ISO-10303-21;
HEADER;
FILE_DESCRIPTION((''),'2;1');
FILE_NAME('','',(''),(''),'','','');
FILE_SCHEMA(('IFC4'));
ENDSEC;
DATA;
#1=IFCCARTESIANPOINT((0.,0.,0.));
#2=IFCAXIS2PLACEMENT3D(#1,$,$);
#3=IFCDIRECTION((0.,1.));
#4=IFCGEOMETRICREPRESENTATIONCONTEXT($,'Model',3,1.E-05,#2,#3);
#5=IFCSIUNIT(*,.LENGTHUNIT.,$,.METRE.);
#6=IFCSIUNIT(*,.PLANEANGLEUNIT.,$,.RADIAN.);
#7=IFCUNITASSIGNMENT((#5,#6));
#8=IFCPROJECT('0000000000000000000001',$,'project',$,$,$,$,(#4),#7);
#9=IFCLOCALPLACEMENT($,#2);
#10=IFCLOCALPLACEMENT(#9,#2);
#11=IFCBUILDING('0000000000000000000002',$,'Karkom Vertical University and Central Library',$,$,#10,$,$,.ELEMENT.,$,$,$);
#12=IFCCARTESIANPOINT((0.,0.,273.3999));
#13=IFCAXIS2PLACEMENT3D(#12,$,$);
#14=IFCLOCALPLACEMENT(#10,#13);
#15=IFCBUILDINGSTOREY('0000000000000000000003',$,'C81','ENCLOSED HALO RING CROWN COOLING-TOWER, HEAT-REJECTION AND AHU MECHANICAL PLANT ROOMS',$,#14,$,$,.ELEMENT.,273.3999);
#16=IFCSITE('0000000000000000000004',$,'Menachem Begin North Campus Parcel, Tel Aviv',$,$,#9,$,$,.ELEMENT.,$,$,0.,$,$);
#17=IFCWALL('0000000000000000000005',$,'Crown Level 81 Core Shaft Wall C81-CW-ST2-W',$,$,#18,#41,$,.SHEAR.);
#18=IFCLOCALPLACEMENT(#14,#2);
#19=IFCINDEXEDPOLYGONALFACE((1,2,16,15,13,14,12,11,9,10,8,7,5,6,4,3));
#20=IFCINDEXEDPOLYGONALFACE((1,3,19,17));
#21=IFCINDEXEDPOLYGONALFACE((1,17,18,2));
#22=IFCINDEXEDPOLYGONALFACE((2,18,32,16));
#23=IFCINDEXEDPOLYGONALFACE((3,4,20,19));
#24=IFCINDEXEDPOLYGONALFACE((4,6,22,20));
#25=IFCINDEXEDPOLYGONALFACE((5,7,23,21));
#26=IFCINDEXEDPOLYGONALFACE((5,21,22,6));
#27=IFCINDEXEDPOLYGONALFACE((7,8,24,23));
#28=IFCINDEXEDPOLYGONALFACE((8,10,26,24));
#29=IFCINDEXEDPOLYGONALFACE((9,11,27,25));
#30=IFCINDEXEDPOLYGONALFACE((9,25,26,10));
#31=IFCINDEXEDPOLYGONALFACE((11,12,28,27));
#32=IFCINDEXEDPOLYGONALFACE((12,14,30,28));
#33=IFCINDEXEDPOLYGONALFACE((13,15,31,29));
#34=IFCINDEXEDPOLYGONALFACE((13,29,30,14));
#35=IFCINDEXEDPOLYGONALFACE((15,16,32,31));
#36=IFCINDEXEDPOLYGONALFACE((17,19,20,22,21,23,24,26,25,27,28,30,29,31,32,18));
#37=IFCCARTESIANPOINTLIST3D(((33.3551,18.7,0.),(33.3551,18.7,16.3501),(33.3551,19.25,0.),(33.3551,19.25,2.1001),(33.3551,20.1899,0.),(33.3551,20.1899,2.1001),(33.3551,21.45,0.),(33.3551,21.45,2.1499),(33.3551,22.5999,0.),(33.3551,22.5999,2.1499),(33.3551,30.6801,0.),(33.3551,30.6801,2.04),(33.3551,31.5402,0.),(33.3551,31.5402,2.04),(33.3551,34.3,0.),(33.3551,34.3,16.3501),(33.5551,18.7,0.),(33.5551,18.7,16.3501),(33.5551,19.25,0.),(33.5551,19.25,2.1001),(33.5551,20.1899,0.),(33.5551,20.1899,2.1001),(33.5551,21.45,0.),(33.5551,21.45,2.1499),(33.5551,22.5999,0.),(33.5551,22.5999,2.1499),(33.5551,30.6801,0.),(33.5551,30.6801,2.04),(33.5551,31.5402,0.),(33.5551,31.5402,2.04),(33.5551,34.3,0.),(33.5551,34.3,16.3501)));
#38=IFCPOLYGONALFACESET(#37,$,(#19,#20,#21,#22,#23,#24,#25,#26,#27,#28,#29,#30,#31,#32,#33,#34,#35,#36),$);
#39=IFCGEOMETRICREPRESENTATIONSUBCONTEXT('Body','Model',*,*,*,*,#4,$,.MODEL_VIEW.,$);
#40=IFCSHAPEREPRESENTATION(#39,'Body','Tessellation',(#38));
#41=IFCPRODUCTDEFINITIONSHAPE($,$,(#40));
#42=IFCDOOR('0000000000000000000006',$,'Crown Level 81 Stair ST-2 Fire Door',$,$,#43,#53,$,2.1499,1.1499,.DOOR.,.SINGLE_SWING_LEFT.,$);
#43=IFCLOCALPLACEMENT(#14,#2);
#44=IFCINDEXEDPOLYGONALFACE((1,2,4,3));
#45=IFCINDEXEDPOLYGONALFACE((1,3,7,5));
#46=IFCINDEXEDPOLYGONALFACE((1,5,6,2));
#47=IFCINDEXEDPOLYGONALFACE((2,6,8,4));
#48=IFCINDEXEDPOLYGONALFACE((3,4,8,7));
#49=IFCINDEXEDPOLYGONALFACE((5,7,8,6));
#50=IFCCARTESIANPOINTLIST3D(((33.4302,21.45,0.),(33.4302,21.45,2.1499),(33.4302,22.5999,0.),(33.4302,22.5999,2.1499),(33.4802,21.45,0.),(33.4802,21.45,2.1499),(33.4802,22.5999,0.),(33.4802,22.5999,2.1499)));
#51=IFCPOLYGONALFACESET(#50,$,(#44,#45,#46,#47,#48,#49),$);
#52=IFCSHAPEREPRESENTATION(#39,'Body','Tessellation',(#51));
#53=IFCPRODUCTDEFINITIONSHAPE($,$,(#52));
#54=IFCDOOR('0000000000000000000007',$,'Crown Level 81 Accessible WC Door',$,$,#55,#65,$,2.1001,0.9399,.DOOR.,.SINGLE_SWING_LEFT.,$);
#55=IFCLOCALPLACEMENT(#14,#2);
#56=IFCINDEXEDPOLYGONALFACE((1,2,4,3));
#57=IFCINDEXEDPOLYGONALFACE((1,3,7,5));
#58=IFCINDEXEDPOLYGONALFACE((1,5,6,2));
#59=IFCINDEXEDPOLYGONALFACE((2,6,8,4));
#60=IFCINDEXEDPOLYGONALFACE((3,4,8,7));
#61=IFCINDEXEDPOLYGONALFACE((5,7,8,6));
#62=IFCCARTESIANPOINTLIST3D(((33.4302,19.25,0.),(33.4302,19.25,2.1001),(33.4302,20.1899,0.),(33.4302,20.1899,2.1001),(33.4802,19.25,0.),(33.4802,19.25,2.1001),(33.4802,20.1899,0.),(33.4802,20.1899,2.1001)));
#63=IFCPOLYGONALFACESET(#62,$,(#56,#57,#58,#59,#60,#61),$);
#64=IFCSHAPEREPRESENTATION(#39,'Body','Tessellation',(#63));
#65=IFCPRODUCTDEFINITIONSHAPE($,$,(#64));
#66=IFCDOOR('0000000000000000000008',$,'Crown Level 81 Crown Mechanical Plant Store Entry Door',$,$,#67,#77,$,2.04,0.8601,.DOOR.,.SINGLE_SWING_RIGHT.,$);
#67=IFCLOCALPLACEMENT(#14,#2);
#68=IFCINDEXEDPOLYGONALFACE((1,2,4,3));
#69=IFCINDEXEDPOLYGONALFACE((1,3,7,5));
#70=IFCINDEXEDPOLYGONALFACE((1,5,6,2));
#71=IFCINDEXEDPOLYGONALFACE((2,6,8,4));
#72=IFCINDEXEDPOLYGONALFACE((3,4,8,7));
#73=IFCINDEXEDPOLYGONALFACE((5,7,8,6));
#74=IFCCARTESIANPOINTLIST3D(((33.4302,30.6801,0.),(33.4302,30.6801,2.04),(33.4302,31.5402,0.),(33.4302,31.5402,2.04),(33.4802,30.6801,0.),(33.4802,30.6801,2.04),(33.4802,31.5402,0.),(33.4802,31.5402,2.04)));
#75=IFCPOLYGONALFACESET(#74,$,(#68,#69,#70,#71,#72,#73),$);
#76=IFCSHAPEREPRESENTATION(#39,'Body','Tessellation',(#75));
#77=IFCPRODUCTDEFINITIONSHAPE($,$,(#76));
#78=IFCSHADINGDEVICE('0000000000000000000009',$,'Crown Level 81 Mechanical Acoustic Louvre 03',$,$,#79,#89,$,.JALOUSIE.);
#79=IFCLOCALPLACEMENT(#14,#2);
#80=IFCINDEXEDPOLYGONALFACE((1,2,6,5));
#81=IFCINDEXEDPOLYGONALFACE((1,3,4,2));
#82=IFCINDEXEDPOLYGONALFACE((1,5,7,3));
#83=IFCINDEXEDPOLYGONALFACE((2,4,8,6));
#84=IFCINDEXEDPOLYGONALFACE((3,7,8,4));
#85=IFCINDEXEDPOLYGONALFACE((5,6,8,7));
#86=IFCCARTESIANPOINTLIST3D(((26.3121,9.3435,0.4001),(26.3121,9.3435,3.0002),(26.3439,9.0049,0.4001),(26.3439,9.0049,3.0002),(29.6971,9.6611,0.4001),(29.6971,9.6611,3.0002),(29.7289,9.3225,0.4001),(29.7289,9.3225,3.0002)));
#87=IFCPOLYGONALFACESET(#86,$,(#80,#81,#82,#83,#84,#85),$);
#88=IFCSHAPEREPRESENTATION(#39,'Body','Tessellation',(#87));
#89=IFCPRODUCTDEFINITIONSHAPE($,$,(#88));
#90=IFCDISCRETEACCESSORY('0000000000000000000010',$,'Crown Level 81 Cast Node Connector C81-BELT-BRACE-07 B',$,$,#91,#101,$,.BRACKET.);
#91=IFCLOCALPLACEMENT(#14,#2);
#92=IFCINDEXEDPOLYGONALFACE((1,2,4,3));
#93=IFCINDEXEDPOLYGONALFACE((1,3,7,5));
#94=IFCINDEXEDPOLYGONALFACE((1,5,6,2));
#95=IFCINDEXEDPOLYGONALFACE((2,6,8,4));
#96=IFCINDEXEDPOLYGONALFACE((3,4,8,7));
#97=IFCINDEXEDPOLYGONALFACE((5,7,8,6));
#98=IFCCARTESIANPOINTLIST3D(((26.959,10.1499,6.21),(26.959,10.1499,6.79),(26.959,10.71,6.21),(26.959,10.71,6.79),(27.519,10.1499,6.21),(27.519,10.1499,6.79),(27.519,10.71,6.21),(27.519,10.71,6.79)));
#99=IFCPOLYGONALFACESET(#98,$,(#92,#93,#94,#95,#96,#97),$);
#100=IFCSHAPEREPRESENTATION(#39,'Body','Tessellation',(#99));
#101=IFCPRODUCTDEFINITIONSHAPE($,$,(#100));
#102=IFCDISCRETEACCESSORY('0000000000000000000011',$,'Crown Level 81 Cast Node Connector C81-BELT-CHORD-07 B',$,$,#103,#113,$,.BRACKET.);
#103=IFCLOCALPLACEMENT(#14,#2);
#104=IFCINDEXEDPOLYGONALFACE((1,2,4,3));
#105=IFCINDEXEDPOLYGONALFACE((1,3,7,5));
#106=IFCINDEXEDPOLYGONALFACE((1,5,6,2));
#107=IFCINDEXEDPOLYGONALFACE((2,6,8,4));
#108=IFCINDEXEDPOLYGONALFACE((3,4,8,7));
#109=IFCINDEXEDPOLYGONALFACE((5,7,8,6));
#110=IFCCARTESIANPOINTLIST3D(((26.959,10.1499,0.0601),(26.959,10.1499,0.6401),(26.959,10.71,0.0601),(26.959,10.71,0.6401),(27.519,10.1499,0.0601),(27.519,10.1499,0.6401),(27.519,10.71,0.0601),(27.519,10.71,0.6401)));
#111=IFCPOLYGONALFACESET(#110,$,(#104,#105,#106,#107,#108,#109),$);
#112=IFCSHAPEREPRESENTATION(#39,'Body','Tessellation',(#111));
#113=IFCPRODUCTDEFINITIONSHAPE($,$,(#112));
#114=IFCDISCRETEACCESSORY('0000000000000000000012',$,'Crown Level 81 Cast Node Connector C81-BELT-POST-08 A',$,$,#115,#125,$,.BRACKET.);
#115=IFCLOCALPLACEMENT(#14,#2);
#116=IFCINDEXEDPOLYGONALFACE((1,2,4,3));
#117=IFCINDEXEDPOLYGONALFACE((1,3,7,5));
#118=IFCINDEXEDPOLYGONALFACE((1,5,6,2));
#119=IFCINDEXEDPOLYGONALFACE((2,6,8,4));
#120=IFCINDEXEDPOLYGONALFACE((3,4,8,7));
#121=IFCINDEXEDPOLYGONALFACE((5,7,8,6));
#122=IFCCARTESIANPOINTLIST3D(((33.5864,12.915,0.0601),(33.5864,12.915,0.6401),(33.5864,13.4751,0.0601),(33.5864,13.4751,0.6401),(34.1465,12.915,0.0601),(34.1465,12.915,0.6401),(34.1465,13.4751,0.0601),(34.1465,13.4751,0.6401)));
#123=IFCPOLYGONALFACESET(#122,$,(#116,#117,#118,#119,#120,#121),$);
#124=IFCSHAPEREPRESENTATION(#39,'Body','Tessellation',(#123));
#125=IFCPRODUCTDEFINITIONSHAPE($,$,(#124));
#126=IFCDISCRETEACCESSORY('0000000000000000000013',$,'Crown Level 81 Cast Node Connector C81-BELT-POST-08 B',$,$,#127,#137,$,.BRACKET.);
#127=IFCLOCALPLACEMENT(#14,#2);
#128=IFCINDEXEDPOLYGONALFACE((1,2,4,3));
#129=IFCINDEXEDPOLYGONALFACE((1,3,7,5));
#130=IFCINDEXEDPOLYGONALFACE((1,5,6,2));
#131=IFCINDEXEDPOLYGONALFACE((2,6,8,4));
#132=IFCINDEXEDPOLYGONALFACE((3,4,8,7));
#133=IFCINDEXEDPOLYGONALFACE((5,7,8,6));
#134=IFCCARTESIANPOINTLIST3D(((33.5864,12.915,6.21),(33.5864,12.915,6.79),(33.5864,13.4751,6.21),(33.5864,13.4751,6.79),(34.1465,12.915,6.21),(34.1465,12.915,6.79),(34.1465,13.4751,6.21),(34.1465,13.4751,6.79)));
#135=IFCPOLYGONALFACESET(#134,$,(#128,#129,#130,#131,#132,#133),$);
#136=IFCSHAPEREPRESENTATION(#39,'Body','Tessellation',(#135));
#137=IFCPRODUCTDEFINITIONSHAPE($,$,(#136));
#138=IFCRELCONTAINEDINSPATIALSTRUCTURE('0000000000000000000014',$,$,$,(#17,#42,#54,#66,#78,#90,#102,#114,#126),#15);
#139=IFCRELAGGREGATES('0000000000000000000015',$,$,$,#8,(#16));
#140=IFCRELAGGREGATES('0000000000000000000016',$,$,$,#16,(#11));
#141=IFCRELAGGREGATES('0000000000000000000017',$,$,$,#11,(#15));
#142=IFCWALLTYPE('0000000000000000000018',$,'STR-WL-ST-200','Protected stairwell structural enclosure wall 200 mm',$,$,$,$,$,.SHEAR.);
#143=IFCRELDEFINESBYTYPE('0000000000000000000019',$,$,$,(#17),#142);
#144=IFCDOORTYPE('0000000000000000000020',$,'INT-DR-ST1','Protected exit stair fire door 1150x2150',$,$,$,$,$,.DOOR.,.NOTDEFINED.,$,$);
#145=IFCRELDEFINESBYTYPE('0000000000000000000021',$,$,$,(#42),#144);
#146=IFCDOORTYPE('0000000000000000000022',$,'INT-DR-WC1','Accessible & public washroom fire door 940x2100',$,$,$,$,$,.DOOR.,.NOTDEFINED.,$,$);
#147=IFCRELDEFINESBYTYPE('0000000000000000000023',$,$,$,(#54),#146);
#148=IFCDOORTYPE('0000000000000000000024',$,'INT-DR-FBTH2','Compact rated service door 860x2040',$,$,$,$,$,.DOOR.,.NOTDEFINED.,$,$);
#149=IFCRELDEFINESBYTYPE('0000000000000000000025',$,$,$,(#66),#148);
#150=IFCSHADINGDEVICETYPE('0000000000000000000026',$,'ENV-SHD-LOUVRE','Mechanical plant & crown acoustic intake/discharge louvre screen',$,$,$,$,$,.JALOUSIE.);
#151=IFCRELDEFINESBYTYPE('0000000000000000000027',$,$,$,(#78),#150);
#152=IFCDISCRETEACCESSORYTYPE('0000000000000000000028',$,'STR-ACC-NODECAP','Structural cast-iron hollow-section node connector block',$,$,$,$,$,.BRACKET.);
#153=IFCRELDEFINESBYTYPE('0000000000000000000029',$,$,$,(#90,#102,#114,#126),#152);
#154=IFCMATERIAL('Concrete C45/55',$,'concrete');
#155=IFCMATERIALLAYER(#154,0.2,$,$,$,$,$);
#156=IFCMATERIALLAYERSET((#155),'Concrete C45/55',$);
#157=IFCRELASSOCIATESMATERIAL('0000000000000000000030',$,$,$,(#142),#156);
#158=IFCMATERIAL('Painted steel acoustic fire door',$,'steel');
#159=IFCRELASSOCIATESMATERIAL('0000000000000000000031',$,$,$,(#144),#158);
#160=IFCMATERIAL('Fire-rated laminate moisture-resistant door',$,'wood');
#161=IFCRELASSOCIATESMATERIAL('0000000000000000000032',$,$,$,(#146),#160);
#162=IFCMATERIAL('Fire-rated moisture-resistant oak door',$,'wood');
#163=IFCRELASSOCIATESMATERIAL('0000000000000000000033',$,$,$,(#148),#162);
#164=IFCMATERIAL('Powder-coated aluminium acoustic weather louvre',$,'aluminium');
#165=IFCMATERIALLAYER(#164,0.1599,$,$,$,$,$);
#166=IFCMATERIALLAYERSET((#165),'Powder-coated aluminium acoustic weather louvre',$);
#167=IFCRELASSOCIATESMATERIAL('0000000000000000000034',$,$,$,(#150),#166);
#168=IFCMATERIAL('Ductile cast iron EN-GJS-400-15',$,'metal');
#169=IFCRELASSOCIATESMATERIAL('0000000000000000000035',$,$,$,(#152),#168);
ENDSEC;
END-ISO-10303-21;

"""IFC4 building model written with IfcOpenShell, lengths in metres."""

from ifc_helpers import new_model, si_unit, direction, frame, frame_2d, origin, origin_with_axes, origin_2d, place, context, subcontext, project, spatial, rectangle, extrude, source, transform, mapped, material, layer, layer_set, type_object, element, fill, save


model = new_model("IFC4")

# Units and contexts
model_context = context("Model", 3, precision=1e-05, world=origin(), true_north=direction((0.0, 1.0)))
body_context = subcontext(model_context, "Body", "Model", "MODEL_VIEW")
ifc_project = project(units=[si_unit("LENGTHUNIT", "METRE"), si_unit("PLANEANGLEUNIT", "RADIAN")], contexts=[model_context])

# Site, building, storey
site_placement = place(None, origin())
site = spatial("IfcSite", under=ifc_project, at=site_placement, Name="Menachem Begin North Campus Parcel, Tel Aviv", CompositionType="ELEMENT", RefElevation=0.0)
building_placement = place(site_placement, origin())
building = spatial("IfcBuilding", under=site, at=building_placement, Name="Karkom Vertical University and Central Library", CompositionType="ELEMENT")
storey_placement = place(building_placement, frame((0.0, 0.0, 273.3999)))
storey = spatial("IfcBuildingStorey", under=building, at=storey_placement, Name="C81", Description="ENCLOSED HALO RING CROWN COOLING-TOWER, HEAT-REJECTION AND AHU MECHANICAL PLANT ROOMS", CompositionType="ELEMENT", Elevation=273.3999)

# Shared definitions
ifc_material_1 = material(Name="Concrete C45/55", Category="concrete")

# Wall, openings, doors
ifc_layer_1 = layer(ifc_material_1, 0.2)
ifc_layer_set_1 = layer_set([ifc_layer_1], Name="Concrete C45/55")
wall_type_1 = type_object("IfcWallType", Name="STR-WL-ST-200", Description="Protected stairwell structural enclosure wall 200 mm", PredefinedType="SHEAR", material=ifc_layer_set_1)
wall_1_placement = place(storey_placement, frame((33.4551, 18.7, 0.0), z_axis=(0.0, 0.0, 1.0), x_axis=(0.0, 1.0, 0.0)))
wall_1 = element("IfcWall", 1, at=wall_1_placement, inside=storey, type_object=wall_type_1, Name="Crown Level 81 Core Shaft Wall C81-CW-ST2-W", PredefinedType="SHEAR", context=body_context, shape_type="SweptSolid", body=[
    extrude(rectangle(XDim=15.6001, YDim=0.2, at=frame_2d((7.8, 0.0))), origin(), (0.0, 0.0, 1.0), 16.3501),
])
opening_1_placement = place(wall_1_placement, frame((2.75, 0.0, 0.0)))
opening_1 = element("IfcOpeningElement", 2, at=opening_1_placement, cuts=wall_1, PredefinedType="OPENING", context=body_context, shape_type="SweptSolid", body=[
    extrude(rectangle(XDim=1.1499, YDim=2.1499, at=frame_2d((0.575, 1.075))), frame((0.0, 0.1099, 0.0), z_axis=(0.0, -1.0, 0.0), x_axis=(1.0, 0.0, 0.0)), (0.0, 0.0, 1.0), 0.22),
])
opening_2_placement = place(wall_1_placement, frame((0.55, 0.0, 0.0)))
opening_2 = element("IfcOpeningElement", 3, at=opening_2_placement, cuts=wall_1, PredefinedType="OPENING", context=body_context, shape_type="SweptSolid", body=[
    extrude(rectangle(XDim=0.9399, YDim=2.1001, at=frame_2d((0.47, 1.05))), frame((0.0, 0.1099, 0.0), z_axis=(0.0, -1.0, 0.0), x_axis=(1.0, 0.0, 0.0)), (0.0, 0.0, 1.0), 0.22),
])
opening_3_placement = place(wall_1_placement, frame((11.98, 0.0, 0.0)))
opening_3 = element("IfcOpeningElement", 4, at=opening_3_placement, cuts=wall_1, PredefinedType="OPENING", context=body_context, shape_type="SweptSolid", body=[
    extrude(rectangle(XDim=0.8601, YDim=2.04, at=frame_2d((0.4302, 1.02))), frame((0.0, 0.1099, 0.0), z_axis=(0.0, -1.0, 0.0), x_axis=(1.0, 0.0, 0.0)), (0.0, 0.0, 1.0), 0.22),
])
ifc_material_2 = material(Name="Painted steel acoustic fire door", Category="steel")
door_type_1 = type_object("IfcDoorType", Name="INT-DR-ST1", Description="Protected exit stair fire door 1150x2150", OperationType="NOTDEFINED", PredefinedType="DOOR", material=ifc_material_2)
shared_shape_1 = source(origin_with_axes(), body_context, "Body", "SweptSolid", [
    extrude(rectangle(XDim=1.1499, YDim=2.1499, at=frame_2d((0.575, 1.075))), frame((0.0, 0.0249, 0.0), z_axis=(0.0, -1.0, 0.0), x_axis=(1.0, 0.0, 0.0)), (0.0, 0.0, 1.0), 0.05),
])
door_1_placement = place(opening_1_placement, origin())
door_1 = element("IfcDoor", 5, at=door_1_placement, inside=storey, type_object=door_type_1, Name="Crown Level 81 Stair ST-2 Fire Door", OperationType="SINGLE_SWING_LEFT", OverallHeight=2.1499, OverallWidth=1.1499, PredefinedType="DOOR", context=body_context, shape_type="MappedRepresentation", body=[
    mapped(shared_shape_1, transform((0.0, 0.0, 0.0), scale=1.0)),
])
fill(opening_1, door_1)
ifc_material_3 = material(Name="Fire-rated laminate moisture-resistant door", Category="wood")
door_type_2 = type_object("IfcDoorType", Name="INT-DR-WC1", Description="Accessible & public washroom fire door 940x2100", OperationType="NOTDEFINED", PredefinedType="DOOR", material=ifc_material_3)
shared_shape_2 = source(origin_with_axes(), body_context, "Body", "SweptSolid", [
    extrude(rectangle(XDim=0.9399, YDim=2.1001, at=frame_2d((0.47, 1.05))), frame((0.0, 0.0249, 0.0), z_axis=(0.0, -1.0, 0.0), x_axis=(1.0, 0.0, 0.0)), (0.0, 0.0, 1.0), 0.05),
])
door_2_placement = place(opening_2_placement, origin())
door_2 = element("IfcDoor", 6, at=door_2_placement, inside=storey, type_object=door_type_2, Name="Crown Level 81 Accessible WC Door", OperationType="SINGLE_SWING_LEFT", OverallHeight=2.1001, OverallWidth=0.9399, PredefinedType="DOOR", context=body_context, shape_type="MappedRepresentation", body=[
    mapped(shared_shape_2, transform((0.0, 0.0, 0.0), scale=1.0)),
])
fill(opening_2, door_2)
ifc_material_4 = material(Name="Fire-rated moisture-resistant oak door", Category="wood")
door_type_3 = type_object("IfcDoorType", Name="INT-DR-FBTH2", Description="Compact rated service door 860x2040", OperationType="NOTDEFINED", PredefinedType="DOOR", material=ifc_material_4)
shared_shape_3 = source(origin_with_axes(), body_context, "Body", "SweptSolid", [
    extrude(rectangle(XDim=0.8601, YDim=2.04, at=frame_2d((0.4302, 1.02))), frame((0.0, 0.0249, 0.0), z_axis=(0.0, -1.0, 0.0), x_axis=(1.0, 0.0, 0.0)), (0.0, 0.0, 1.0), 0.05),
])
door_3_placement = place(opening_3_placement, origin())
door_3 = element("IfcDoor", 7, at=door_3_placement, inside=storey, type_object=door_type_3, Name="Crown Level 81 Crown Mechanical Plant Store Entry Door", OperationType="SINGLE_SWING_RIGHT", OverallHeight=2.04, OverallWidth=0.8601, PredefinedType="DOOR", context=body_context, shape_type="MappedRepresentation", body=[
    mapped(shared_shape_3, transform((0.0, 0.0, 0.0), scale=1.0)),
])
fill(opening_3, door_3)

# Shading device
ifc_material_5 = material(Name="Powder-coated aluminium acoustic weather louvre", Category="aluminium")
ifc_layer_2 = layer(ifc_material_5, 0.1599)
ifc_layer_set_2 = layer_set([ifc_layer_2], Name="Powder-coated aluminium acoustic weather louvre")
shading_device_type = type_object("IfcShadingDeviceType", Name="ENV-SHD-LOUVRE", Description="Mechanical plant & crown acoustic intake/discharge louvre screen", PredefinedType="JALOUSIE", material=ifc_layer_set_2)
shared_shape_4 = source(origin_with_axes(), body_context, "Body", "SweptSolid", [
    extrude(rectangle(XDim=3.3999, YDim=0.3401, at=origin_2d()), origin(), (0.0, 0.0, 1.0), 2.6001),
])
shading_device_placement = place(storey_placement, frame((28.0205, 9.333, 0.4001), z_axis=(0.0, 0.0, 1.0), x_axis=(0.995627, 0.093413, 0.0)))
element("IfcShadingDevice", 8, at=shading_device_placement, inside=storey, type_object=shading_device_type, Name="Crown Level 81 Mechanical Acoustic Louvre 03", PredefinedType="JALOUSIE", context=body_context, shape_type="MappedRepresentation", body=[
    mapped(shared_shape_4, transform((0.0, 0.0, 0.0), scale=1.0)),
])

# Discrete accessories
ifc_material_6 = material(Name="Ductile cast iron EN-GJS-400-15", Category="metal")
discrete_accessory_type = type_object("IfcDiscreteAccessoryType", Name="STR-ACC-NODECAP", Description="Structural cast-iron hollow-section node connector block", PredefinedType="BRACKET", material=ifc_material_6)
shared_shape_5 = source(origin_with_axes(), body_context, "Body", "SweptSolid", [
    extrude(rectangle(XDim=0.5601, YDim=0.5601, at=origin_2d()), origin(), (0.0, 0.0, 1.0), 0.5801),
])
for number, where, z_axis, x_axis, name in (
    (9, (27.239, 10.4299, 6.21), (0.0, 0.0, 1.0), (1.0, 0.0, 0.0), "Crown Level 81 Cast Node Connector C81-BELT-BRACE-07 B"),
    (10, (27.239, 10.4299, 0.0601), (0.0, 0.0, 1.0), (1.0, 0.0, 0.0), "Crown Level 81 Cast Node Connector C81-BELT-CHORD-07 B"),
    (11, (33.8665, 13.1951, 0.0601), (0.0, 0.0, 1.0), (1.0, 0.0, 0.0), "Crown Level 81 Cast Node Connector C81-BELT-POST-08 A"),
    (12, (33.8665, 13.1951, 6.21), (0.0, 0.0, 1.0), (1.0, 0.0, 0.0), "Crown Level 81 Cast Node Connector C81-BELT-POST-08 B"),
):
    element("IfcDiscreteAccessory", number, at=place(storey_placement, frame(where, z_axis=z_axis, x_axis=x_axis)), inside=storey, type_object=discrete_accessory_type, Name=name, PredefinedType="BRACKET", context=body_context, shape_type="MappedRepresentation", body=[
        mapped(shared_shape_5, transform((0.0, 0.0, 0.0), scale=1.0)),
    ])

save(model, "model.ifc")
